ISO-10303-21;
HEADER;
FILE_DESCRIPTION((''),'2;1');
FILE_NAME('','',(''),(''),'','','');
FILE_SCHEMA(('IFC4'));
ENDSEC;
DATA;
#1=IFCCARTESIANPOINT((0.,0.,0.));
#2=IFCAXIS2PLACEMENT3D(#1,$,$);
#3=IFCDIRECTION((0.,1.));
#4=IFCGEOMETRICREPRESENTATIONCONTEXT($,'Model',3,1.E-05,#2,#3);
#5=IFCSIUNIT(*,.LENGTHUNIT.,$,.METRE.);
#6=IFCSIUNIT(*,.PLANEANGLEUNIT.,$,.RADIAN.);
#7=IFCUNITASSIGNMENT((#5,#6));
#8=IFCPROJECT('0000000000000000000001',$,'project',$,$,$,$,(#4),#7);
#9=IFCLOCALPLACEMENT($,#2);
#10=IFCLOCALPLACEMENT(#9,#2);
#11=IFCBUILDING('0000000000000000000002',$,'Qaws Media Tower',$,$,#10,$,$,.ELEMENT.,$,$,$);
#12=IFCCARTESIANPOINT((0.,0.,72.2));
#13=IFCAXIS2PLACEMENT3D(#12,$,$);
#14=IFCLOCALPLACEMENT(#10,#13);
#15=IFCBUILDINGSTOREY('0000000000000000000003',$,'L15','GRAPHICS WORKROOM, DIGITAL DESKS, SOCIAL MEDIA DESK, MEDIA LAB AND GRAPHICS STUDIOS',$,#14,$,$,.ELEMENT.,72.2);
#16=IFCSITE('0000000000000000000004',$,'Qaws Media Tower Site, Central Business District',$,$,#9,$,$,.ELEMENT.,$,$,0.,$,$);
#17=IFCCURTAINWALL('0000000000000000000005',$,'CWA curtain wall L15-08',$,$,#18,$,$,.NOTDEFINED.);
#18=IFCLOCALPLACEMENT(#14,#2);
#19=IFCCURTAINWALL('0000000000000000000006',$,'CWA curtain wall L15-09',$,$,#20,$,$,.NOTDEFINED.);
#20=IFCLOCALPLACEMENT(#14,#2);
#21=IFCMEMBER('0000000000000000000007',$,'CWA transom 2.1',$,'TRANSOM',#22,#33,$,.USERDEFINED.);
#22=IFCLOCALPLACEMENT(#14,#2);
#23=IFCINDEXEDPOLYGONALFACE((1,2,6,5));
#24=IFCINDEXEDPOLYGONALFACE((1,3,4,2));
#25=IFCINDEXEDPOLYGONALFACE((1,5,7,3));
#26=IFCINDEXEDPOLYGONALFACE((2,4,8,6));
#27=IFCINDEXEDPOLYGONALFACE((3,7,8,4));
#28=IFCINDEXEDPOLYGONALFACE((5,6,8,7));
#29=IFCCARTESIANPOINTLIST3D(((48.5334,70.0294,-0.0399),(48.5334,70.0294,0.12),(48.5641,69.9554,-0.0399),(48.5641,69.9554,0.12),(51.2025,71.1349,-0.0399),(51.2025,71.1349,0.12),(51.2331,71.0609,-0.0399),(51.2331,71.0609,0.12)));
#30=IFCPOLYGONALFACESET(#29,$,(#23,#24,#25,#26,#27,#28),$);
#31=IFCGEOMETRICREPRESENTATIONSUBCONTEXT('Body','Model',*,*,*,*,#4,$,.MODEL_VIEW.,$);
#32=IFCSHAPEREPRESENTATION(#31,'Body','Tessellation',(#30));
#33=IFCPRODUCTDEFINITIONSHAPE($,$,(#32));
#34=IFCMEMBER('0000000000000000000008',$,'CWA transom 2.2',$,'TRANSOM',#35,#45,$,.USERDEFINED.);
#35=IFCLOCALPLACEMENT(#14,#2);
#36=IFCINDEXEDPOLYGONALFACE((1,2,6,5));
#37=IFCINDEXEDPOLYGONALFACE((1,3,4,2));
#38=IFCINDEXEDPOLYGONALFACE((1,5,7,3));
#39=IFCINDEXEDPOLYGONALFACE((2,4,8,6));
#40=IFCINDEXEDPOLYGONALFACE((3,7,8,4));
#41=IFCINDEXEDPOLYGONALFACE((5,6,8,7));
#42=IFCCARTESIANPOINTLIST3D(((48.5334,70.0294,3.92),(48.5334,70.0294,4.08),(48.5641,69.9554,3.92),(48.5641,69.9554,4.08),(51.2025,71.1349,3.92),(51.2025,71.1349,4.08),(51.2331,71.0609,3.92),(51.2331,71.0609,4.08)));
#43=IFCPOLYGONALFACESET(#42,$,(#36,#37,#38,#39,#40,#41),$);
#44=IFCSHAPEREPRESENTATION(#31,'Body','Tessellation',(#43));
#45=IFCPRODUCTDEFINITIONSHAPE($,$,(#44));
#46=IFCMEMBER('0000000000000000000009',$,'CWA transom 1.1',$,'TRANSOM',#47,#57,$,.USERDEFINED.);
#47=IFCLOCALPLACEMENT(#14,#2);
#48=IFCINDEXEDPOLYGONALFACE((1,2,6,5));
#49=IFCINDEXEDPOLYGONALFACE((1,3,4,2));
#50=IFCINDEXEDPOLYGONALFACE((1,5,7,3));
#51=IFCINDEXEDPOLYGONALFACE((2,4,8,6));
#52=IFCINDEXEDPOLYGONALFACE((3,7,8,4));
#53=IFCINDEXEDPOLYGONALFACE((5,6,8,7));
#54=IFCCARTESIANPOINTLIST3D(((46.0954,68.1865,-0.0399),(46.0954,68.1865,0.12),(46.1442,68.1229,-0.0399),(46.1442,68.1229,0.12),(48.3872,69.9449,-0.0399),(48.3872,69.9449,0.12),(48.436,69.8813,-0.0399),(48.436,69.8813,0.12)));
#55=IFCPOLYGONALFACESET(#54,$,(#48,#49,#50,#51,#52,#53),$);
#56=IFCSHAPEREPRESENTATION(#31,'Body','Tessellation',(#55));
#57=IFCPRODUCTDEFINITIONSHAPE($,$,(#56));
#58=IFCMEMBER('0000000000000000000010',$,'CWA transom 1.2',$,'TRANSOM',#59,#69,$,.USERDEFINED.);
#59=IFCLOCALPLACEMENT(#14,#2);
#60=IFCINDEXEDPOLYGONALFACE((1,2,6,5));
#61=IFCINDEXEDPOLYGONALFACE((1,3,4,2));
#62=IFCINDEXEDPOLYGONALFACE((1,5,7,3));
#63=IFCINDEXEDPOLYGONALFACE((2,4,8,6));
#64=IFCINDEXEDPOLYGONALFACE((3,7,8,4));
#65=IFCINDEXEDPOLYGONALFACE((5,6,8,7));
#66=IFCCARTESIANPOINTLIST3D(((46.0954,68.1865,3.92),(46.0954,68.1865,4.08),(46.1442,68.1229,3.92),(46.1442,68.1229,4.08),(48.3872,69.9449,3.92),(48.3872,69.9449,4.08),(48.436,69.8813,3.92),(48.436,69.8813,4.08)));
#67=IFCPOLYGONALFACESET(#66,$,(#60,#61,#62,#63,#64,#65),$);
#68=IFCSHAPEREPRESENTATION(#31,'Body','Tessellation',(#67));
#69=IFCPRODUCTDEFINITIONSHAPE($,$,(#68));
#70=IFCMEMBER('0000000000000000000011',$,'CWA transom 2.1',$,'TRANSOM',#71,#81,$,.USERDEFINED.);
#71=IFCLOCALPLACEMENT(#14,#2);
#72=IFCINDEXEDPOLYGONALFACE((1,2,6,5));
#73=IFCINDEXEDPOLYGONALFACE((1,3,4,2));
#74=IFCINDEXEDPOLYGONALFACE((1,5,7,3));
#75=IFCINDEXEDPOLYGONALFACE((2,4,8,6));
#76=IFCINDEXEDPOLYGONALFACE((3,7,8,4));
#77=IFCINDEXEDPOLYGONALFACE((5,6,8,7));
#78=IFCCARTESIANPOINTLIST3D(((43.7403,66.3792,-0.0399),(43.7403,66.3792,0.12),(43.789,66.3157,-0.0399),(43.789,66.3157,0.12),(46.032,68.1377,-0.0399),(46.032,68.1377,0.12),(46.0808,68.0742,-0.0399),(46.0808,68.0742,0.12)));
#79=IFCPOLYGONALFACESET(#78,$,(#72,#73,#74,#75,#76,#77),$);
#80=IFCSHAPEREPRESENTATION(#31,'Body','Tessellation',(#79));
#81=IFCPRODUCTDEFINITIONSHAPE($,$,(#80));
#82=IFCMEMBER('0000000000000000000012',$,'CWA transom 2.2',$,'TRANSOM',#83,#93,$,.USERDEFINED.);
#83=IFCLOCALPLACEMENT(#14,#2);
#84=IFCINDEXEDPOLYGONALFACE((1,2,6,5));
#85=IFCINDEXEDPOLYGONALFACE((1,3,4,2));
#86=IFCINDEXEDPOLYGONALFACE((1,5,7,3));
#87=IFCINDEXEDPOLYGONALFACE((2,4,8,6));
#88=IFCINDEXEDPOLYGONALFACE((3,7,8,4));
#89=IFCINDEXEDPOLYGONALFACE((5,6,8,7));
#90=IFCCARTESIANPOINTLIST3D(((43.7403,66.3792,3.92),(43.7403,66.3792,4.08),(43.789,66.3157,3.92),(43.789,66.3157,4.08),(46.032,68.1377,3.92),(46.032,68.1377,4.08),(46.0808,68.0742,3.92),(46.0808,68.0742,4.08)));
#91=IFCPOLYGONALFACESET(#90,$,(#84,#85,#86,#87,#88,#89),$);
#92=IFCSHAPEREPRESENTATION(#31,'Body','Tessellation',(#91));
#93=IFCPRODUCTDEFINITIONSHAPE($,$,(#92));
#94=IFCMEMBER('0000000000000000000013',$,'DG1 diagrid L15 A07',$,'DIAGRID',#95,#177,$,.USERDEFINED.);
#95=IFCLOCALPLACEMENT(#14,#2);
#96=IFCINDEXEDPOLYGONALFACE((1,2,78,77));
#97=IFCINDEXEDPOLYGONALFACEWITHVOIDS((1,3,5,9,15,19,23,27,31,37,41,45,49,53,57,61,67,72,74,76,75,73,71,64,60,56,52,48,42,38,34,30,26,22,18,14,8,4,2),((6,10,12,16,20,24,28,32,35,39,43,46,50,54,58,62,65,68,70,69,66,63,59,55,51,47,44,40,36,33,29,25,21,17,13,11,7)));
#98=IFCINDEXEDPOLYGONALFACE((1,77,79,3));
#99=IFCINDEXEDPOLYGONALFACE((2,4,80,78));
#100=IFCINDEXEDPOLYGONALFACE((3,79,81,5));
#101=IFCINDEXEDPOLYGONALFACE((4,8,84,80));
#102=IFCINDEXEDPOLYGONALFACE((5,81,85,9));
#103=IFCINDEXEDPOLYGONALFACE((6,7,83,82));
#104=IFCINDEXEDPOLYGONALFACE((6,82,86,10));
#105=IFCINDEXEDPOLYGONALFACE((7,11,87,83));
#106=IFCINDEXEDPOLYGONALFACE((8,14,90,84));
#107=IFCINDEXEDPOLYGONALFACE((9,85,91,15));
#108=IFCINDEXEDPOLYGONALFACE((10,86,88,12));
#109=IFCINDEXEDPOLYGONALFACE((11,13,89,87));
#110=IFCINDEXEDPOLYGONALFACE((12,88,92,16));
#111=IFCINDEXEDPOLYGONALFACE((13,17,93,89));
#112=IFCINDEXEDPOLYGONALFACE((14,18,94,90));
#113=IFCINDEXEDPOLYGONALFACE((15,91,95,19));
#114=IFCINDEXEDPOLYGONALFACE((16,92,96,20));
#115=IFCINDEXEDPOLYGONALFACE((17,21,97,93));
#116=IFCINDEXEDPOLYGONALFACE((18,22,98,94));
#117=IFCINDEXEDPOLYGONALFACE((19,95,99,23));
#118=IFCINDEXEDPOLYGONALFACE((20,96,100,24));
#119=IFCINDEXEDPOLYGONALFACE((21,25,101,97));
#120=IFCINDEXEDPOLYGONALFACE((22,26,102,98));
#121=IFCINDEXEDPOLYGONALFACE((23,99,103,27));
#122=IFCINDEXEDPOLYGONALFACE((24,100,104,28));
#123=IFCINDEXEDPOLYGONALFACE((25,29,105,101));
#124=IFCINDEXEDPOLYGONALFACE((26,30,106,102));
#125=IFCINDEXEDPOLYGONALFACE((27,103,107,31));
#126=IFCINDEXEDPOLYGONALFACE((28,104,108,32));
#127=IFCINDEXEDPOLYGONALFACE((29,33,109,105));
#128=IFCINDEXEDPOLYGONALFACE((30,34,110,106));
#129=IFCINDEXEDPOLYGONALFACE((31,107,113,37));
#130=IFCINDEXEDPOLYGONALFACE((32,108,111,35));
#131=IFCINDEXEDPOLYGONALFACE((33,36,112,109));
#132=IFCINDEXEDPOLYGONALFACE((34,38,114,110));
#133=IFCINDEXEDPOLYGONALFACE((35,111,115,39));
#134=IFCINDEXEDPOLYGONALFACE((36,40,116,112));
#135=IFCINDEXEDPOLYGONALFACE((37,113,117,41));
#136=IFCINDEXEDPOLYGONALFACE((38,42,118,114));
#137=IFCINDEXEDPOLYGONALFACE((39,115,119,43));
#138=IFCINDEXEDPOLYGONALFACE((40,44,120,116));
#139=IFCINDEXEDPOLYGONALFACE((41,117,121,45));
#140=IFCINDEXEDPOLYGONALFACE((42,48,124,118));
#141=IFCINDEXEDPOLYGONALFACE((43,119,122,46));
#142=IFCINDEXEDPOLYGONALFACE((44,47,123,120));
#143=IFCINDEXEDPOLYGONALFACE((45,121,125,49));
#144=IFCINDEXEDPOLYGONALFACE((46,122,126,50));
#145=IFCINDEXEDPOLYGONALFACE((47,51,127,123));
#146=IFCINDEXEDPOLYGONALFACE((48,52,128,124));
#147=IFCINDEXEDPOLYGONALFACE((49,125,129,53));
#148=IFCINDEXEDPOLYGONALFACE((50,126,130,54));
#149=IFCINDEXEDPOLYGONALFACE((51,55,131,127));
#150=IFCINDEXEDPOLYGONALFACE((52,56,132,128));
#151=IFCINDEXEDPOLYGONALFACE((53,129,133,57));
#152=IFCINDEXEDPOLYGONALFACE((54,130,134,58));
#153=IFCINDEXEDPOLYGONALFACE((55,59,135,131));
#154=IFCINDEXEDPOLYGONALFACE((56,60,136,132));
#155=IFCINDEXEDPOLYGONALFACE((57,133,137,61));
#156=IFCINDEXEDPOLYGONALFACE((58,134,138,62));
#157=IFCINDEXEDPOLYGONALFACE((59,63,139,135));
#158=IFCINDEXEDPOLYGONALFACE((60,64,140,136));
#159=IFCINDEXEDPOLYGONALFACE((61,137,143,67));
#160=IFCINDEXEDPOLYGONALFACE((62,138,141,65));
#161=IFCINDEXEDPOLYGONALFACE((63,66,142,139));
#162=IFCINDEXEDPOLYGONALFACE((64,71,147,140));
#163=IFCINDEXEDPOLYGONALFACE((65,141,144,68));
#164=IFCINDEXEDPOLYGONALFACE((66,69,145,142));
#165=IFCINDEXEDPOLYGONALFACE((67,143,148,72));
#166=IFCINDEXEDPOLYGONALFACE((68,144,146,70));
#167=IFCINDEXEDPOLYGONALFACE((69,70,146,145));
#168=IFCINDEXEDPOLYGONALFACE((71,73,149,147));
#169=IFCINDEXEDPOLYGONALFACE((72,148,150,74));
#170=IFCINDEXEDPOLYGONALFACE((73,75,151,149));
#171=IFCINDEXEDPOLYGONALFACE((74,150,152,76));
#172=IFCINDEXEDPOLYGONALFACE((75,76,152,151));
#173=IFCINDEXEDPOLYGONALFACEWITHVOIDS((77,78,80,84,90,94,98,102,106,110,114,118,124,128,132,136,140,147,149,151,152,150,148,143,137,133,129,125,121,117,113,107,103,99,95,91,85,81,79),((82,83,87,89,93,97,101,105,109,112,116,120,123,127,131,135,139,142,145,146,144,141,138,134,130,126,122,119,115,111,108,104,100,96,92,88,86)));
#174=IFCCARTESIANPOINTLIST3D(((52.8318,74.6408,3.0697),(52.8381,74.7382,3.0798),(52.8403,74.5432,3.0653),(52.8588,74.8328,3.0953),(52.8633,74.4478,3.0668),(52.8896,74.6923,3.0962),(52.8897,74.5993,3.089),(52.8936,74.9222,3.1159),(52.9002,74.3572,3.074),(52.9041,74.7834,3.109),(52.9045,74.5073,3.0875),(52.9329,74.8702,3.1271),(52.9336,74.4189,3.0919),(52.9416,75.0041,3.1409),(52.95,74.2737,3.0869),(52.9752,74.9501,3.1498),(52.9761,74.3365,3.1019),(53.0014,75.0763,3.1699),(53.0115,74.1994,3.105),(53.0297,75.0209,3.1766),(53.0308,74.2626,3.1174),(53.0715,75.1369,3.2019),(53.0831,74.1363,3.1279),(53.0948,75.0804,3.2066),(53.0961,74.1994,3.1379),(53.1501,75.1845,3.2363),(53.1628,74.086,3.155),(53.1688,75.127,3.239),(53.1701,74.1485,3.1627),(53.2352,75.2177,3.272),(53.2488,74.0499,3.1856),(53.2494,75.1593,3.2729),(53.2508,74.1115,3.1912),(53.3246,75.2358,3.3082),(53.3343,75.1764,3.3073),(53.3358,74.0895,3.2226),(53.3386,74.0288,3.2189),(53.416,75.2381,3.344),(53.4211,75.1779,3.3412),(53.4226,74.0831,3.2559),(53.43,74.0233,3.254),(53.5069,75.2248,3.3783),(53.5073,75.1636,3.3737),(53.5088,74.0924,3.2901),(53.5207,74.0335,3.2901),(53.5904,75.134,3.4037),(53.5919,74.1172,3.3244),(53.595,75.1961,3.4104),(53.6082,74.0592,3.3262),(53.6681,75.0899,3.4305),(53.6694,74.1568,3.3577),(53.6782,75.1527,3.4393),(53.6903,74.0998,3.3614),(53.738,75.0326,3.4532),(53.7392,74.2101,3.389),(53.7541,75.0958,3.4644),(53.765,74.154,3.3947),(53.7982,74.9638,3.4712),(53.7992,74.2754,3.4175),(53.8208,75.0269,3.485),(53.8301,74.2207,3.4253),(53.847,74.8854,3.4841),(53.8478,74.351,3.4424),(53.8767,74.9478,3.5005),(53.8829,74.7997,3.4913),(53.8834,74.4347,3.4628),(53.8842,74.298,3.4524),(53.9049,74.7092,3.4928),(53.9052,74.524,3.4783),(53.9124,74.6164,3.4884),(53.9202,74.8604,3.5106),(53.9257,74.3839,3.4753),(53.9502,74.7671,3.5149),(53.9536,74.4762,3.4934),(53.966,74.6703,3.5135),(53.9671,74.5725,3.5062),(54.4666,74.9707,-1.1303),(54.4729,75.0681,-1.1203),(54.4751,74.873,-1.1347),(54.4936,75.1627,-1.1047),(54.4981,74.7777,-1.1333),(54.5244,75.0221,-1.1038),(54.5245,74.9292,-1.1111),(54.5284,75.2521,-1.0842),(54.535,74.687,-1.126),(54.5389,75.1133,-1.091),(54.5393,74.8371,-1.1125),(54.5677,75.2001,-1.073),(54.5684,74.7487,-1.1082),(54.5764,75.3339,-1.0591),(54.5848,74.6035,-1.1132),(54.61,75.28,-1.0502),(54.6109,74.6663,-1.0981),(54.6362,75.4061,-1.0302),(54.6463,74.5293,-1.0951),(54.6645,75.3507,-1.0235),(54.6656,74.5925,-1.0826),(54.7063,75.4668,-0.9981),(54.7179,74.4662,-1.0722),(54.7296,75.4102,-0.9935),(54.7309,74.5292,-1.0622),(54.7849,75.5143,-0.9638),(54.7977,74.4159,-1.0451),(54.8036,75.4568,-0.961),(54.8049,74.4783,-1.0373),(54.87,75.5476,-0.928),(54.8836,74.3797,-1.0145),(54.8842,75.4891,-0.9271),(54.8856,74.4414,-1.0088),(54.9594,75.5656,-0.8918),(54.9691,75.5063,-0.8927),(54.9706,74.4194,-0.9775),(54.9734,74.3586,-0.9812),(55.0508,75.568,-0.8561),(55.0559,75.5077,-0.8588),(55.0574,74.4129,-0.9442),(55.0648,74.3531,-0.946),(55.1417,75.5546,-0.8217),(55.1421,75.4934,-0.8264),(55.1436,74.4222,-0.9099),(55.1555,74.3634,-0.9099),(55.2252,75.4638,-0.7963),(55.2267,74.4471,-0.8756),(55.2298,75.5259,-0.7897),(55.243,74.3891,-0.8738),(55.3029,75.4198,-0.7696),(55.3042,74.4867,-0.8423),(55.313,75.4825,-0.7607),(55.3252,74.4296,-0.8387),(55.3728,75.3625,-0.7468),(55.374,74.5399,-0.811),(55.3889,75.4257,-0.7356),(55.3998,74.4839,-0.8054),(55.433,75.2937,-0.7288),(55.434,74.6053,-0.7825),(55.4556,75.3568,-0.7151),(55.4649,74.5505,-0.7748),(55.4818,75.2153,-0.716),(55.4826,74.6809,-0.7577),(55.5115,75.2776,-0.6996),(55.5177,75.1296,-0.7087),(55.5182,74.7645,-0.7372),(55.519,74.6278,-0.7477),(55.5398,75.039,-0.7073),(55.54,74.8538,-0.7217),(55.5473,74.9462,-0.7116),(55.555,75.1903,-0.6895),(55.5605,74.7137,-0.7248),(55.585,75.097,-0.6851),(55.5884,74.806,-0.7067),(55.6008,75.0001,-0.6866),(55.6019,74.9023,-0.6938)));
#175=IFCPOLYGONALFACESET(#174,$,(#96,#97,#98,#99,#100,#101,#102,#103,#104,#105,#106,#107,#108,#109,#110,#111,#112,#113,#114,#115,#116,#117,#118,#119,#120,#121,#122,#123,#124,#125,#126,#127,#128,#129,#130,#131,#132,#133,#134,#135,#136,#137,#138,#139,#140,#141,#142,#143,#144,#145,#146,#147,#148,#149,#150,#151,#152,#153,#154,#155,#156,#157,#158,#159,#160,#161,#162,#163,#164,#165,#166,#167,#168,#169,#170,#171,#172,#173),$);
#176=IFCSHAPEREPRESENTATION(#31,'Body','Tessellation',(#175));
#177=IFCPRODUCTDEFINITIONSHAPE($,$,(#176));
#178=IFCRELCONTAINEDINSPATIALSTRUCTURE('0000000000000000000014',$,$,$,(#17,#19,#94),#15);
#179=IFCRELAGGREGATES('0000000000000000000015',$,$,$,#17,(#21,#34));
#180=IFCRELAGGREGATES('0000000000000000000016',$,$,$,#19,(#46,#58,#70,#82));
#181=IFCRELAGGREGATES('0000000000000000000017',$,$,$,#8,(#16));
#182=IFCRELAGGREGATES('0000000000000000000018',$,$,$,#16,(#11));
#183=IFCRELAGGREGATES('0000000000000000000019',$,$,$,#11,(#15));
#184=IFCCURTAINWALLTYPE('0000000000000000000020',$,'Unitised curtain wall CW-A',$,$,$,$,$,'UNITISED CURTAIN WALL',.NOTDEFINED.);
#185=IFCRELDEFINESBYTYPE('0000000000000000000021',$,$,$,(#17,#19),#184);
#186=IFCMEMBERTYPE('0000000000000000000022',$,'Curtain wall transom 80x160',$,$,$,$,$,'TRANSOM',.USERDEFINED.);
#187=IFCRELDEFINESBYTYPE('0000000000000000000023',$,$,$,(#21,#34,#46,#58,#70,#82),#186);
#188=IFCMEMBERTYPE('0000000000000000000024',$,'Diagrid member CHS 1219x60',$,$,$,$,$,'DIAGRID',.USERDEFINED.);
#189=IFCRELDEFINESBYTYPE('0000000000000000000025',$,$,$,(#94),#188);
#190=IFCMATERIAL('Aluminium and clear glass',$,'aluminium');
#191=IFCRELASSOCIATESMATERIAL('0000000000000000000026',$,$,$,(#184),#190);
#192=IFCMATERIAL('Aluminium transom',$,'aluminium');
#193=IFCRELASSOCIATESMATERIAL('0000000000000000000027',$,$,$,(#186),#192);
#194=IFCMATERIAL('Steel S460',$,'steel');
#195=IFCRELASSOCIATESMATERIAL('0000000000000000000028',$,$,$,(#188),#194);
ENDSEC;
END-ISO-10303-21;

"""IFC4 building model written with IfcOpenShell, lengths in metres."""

from ifc_helpers import new_model, si_unit, direction, frame, origin, origin_2d, place, context, subcontext, project, spatial, rectangle, hollow_circle, extrude, material, material_profile, profile_set, type_object, element, aggregate, save


model = new_model("IFC4")

# Units and contexts
model_context = context("Model", 3, precision=1e-05, world=origin(), true_north=direction((0.0, 1.0)))
body_context = subcontext(model_context, "Body", "Model", "MODEL_VIEW")
ifc_project = project(units=[si_unit("LENGTHUNIT", "METRE"), si_unit("PLANEANGLEUNIT", "RADIAN")], contexts=[model_context])

# Site, building, storey
site_placement = place(None, origin())
site = spatial("IfcSite", under=ifc_project, at=site_placement, Name="Qaws Media Tower Site, Central Business District", CompositionType="ELEMENT", RefElevation=0.0)
building_placement = place(site_placement, origin())
building = spatial("IfcBuilding", under=site, at=building_placement, Name="Qaws Media Tower", CompositionType="ELEMENT")
storey_placement = place(building_placement, frame((0.0, 0.0, 72.2)))
storey = spatial("IfcBuildingStorey", under=building, at=storey_placement, Name="L15", Description="GRAPHICS WORKROOM, DIGITAL DESKS, SOCIAL MEDIA DESK, MEDIA LAB AND GRAPHICS STUDIOS", CompositionType="ELEMENT", Elevation=72.2)

# Curtain walls
ifc_material_1 = material(Name="Aluminium and clear glass", Category="aluminium")
curtain_wall_type = type_object("IfcCurtainWallType", Name="Unitised curtain wall CW-A", ElementType="UNITISED CURTAIN WALL", PredefinedType="NOTDEFINED", material=ifc_material_1)
curtain_wall_1_placement = place(storey_placement, origin())
curtain_wall_1 = element("IfcCurtainWall", 1, at=curtain_wall_1_placement, inside=storey, type_object=curtain_wall_type, Name="CWA curtain wall L15-08", PredefinedType="NOTDEFINED")
curtain_wall_2_placement = place(storey_placement, origin())
curtain_wall_2 = element("IfcCurtainWall", 2, at=curtain_wall_2_placement, inside=storey, type_object=curtain_wall_type, Name="CWA curtain wall L15-09", PredefinedType="NOTDEFINED")

# Members
ifc_material_2 = material(Name="Aluminium transom", Category="aluminium")
ifc_material_profile_1 = material_profile(ifc_material_2, rectangle(XDim=0.0801, YDim=0.1599, at=origin_2d()), Name="80x160")
ifc_profile_set_1 = profile_set([ifc_material_profile_1], Name="Aluminium transom")
member_type_1 = type_object("IfcMemberType", Name="Curtain wall transom 80x160", ElementType="TRANSOM", PredefinedType="USERDEFINED", material=ifc_profile_set_1)
member_1_placement = place(storey_placement, frame((51.2178, 71.0979, 0.04), z_axis=(-0.923885, -0.38267, 0.0), x_axis=(0.38267, -0.923885, 0.0)))
member_1 = element("IfcMember", 3, at=member_1_placement, type_object=member_type_1, Name="CWA transom 2.1", ObjectType="TRANSOM", PredefinedType="USERDEFINED", context=body_context, shape_type="SweptSolid", body=[
    extrude(rectangle(XDim=0.0801, YDim=0.1599, at=origin_2d()), origin(), (0.0, 0.0, 1.0), 2.8889),
])
member_2_placement = place(storey_placement, frame((51.2178, 71.0979, 4.0), z_axis=(-0.923885, -0.38267, 0.0), x_axis=(0.38267, -0.923885, 0.0)))
member_2 = element("IfcMember", 4, at=member_2_placement, type_object=member_type_1, Name="CWA transom 2.2", ObjectType="TRANSOM", PredefinedType="USERDEFINED", context=body_context, shape_type="SweptSolid", body=[
    extrude(rectangle(XDim=0.0801, YDim=0.1599, at=origin_2d()), origin(), (0.0, 0.0, 1.0), 2.8889),
])
member_3_placement = place(storey_placement, frame((48.4116, 69.9131, 0.04), z_axis=(-0.79339, -0.608714, 0.0), x_axis=(0.608714, -0.79339, 0.0)))
member_3 = element("IfcMember", 5, at=member_3_placement, type_object=member_type_1, Name="CWA transom 1.1", ObjectType="TRANSOM", PredefinedType="USERDEFINED", context=body_context, shape_type="SweptSolid", body=[
    extrude(rectangle(XDim=0.0801, YDim=0.1599, at=origin_2d()), origin(), (0.0, 0.0, 1.0), 2.8887),
])
member_4_placement = place(storey_placement, frame((48.4116, 69.9131, 4.0), z_axis=(-0.79339, -0.608714, 0.0), x_axis=(0.608714, -0.79339, 0.0)))
member_4 = element("IfcMember", 6, at=member_4_placement, type_object=member_type_1, Name="CWA transom 1.2", ObjectType="TRANSOM", PredefinedType="USERDEFINED", context=body_context, shape_type="SweptSolid", body=[
    extrude(rectangle(XDim=0.0801, YDim=0.1599, at=origin_2d()), origin(), (0.0, 0.0, 1.0), 2.8887),
])
member_5_placement = place(storey_placement, frame((46.0564, 68.106, 0.04), z_axis=(-0.793349, -0.608767, 0.0), x_axis=(0.608767, -0.793349, 0.0)))
member_5 = element("IfcMember", 7, at=member_5_placement, type_object=member_type_1, Name="CWA transom 2.1", ObjectType="TRANSOM", PredefinedType="USERDEFINED", context=body_context, shape_type="SweptSolid", body=[
    extrude(rectangle(XDim=0.0801, YDim=0.1599, at=origin_2d()), origin(), (0.0, 0.0, 1.0), 2.8887),
])
member_6_placement = place(storey_placement, frame((46.0564, 68.106, 4.0), z_axis=(-0.793349, -0.608767, 0.0), x_axis=(0.608767, -0.793349, 0.0)))
member_6 = element("IfcMember", 8, at=member_6_placement, type_object=member_type_1, Name="CWA transom 2.2", ObjectType="TRANSOM", PredefinedType="USERDEFINED", context=body_context, shape_type="SweptSolid", body=[
    extrude(rectangle(XDim=0.0801, YDim=0.1599, at=origin_2d()), origin(), (0.0, 0.0, 1.0), 2.8887),
])

# Member
ifc_material_3 = material(Name="Steel S460", Category="steel")
ifc_material_profile_2 = material_profile(ifc_material_3, hollow_circle(Radius=0.6096, WallThickness=0.0601, at=origin_2d()), Name="CHS 1219x60")
ifc_profile_set_2 = profile_set([ifc_material_profile_2], Name="Steel S460")
member_type_2 = type_object("IfcMemberType", Name="Diagrid member CHS 1219x60", ElementType="DIAGRID", PredefinedType="USERDEFINED", material=ifc_profile_set_2)
for number, where, z_axis, x_axis, name in (
    (9, (55.0349, 74.9609, -0.9099), (-0.361758, -0.072989, 0.92941), (0.197777, -0.980247, 0.0), "DG1 diagrid L15 A07"),
):
    element("IfcMember", number, at=place(storey_placement, frame(where, z_axis=z_axis, x_axis=x_axis)), inside=storey, type_object=member_type_2, Name=name, ObjectType="DIAGRID", PredefinedType="USERDEFINED", context=body_context, shape_type="SweptSolid", body=[
        extrude(hollow_circle(Radius=0.6096, WallThickness=0.0601, at=origin_2d()), origin(), (0.0, 0.0, 1.0), 4.519),
    ])

aggregate(curtain_wall_1, [member_1, member_2])
aggregate(curtain_wall_2, [member_3, member_4, member_5, member_6])

save(model, "model.ifc")
